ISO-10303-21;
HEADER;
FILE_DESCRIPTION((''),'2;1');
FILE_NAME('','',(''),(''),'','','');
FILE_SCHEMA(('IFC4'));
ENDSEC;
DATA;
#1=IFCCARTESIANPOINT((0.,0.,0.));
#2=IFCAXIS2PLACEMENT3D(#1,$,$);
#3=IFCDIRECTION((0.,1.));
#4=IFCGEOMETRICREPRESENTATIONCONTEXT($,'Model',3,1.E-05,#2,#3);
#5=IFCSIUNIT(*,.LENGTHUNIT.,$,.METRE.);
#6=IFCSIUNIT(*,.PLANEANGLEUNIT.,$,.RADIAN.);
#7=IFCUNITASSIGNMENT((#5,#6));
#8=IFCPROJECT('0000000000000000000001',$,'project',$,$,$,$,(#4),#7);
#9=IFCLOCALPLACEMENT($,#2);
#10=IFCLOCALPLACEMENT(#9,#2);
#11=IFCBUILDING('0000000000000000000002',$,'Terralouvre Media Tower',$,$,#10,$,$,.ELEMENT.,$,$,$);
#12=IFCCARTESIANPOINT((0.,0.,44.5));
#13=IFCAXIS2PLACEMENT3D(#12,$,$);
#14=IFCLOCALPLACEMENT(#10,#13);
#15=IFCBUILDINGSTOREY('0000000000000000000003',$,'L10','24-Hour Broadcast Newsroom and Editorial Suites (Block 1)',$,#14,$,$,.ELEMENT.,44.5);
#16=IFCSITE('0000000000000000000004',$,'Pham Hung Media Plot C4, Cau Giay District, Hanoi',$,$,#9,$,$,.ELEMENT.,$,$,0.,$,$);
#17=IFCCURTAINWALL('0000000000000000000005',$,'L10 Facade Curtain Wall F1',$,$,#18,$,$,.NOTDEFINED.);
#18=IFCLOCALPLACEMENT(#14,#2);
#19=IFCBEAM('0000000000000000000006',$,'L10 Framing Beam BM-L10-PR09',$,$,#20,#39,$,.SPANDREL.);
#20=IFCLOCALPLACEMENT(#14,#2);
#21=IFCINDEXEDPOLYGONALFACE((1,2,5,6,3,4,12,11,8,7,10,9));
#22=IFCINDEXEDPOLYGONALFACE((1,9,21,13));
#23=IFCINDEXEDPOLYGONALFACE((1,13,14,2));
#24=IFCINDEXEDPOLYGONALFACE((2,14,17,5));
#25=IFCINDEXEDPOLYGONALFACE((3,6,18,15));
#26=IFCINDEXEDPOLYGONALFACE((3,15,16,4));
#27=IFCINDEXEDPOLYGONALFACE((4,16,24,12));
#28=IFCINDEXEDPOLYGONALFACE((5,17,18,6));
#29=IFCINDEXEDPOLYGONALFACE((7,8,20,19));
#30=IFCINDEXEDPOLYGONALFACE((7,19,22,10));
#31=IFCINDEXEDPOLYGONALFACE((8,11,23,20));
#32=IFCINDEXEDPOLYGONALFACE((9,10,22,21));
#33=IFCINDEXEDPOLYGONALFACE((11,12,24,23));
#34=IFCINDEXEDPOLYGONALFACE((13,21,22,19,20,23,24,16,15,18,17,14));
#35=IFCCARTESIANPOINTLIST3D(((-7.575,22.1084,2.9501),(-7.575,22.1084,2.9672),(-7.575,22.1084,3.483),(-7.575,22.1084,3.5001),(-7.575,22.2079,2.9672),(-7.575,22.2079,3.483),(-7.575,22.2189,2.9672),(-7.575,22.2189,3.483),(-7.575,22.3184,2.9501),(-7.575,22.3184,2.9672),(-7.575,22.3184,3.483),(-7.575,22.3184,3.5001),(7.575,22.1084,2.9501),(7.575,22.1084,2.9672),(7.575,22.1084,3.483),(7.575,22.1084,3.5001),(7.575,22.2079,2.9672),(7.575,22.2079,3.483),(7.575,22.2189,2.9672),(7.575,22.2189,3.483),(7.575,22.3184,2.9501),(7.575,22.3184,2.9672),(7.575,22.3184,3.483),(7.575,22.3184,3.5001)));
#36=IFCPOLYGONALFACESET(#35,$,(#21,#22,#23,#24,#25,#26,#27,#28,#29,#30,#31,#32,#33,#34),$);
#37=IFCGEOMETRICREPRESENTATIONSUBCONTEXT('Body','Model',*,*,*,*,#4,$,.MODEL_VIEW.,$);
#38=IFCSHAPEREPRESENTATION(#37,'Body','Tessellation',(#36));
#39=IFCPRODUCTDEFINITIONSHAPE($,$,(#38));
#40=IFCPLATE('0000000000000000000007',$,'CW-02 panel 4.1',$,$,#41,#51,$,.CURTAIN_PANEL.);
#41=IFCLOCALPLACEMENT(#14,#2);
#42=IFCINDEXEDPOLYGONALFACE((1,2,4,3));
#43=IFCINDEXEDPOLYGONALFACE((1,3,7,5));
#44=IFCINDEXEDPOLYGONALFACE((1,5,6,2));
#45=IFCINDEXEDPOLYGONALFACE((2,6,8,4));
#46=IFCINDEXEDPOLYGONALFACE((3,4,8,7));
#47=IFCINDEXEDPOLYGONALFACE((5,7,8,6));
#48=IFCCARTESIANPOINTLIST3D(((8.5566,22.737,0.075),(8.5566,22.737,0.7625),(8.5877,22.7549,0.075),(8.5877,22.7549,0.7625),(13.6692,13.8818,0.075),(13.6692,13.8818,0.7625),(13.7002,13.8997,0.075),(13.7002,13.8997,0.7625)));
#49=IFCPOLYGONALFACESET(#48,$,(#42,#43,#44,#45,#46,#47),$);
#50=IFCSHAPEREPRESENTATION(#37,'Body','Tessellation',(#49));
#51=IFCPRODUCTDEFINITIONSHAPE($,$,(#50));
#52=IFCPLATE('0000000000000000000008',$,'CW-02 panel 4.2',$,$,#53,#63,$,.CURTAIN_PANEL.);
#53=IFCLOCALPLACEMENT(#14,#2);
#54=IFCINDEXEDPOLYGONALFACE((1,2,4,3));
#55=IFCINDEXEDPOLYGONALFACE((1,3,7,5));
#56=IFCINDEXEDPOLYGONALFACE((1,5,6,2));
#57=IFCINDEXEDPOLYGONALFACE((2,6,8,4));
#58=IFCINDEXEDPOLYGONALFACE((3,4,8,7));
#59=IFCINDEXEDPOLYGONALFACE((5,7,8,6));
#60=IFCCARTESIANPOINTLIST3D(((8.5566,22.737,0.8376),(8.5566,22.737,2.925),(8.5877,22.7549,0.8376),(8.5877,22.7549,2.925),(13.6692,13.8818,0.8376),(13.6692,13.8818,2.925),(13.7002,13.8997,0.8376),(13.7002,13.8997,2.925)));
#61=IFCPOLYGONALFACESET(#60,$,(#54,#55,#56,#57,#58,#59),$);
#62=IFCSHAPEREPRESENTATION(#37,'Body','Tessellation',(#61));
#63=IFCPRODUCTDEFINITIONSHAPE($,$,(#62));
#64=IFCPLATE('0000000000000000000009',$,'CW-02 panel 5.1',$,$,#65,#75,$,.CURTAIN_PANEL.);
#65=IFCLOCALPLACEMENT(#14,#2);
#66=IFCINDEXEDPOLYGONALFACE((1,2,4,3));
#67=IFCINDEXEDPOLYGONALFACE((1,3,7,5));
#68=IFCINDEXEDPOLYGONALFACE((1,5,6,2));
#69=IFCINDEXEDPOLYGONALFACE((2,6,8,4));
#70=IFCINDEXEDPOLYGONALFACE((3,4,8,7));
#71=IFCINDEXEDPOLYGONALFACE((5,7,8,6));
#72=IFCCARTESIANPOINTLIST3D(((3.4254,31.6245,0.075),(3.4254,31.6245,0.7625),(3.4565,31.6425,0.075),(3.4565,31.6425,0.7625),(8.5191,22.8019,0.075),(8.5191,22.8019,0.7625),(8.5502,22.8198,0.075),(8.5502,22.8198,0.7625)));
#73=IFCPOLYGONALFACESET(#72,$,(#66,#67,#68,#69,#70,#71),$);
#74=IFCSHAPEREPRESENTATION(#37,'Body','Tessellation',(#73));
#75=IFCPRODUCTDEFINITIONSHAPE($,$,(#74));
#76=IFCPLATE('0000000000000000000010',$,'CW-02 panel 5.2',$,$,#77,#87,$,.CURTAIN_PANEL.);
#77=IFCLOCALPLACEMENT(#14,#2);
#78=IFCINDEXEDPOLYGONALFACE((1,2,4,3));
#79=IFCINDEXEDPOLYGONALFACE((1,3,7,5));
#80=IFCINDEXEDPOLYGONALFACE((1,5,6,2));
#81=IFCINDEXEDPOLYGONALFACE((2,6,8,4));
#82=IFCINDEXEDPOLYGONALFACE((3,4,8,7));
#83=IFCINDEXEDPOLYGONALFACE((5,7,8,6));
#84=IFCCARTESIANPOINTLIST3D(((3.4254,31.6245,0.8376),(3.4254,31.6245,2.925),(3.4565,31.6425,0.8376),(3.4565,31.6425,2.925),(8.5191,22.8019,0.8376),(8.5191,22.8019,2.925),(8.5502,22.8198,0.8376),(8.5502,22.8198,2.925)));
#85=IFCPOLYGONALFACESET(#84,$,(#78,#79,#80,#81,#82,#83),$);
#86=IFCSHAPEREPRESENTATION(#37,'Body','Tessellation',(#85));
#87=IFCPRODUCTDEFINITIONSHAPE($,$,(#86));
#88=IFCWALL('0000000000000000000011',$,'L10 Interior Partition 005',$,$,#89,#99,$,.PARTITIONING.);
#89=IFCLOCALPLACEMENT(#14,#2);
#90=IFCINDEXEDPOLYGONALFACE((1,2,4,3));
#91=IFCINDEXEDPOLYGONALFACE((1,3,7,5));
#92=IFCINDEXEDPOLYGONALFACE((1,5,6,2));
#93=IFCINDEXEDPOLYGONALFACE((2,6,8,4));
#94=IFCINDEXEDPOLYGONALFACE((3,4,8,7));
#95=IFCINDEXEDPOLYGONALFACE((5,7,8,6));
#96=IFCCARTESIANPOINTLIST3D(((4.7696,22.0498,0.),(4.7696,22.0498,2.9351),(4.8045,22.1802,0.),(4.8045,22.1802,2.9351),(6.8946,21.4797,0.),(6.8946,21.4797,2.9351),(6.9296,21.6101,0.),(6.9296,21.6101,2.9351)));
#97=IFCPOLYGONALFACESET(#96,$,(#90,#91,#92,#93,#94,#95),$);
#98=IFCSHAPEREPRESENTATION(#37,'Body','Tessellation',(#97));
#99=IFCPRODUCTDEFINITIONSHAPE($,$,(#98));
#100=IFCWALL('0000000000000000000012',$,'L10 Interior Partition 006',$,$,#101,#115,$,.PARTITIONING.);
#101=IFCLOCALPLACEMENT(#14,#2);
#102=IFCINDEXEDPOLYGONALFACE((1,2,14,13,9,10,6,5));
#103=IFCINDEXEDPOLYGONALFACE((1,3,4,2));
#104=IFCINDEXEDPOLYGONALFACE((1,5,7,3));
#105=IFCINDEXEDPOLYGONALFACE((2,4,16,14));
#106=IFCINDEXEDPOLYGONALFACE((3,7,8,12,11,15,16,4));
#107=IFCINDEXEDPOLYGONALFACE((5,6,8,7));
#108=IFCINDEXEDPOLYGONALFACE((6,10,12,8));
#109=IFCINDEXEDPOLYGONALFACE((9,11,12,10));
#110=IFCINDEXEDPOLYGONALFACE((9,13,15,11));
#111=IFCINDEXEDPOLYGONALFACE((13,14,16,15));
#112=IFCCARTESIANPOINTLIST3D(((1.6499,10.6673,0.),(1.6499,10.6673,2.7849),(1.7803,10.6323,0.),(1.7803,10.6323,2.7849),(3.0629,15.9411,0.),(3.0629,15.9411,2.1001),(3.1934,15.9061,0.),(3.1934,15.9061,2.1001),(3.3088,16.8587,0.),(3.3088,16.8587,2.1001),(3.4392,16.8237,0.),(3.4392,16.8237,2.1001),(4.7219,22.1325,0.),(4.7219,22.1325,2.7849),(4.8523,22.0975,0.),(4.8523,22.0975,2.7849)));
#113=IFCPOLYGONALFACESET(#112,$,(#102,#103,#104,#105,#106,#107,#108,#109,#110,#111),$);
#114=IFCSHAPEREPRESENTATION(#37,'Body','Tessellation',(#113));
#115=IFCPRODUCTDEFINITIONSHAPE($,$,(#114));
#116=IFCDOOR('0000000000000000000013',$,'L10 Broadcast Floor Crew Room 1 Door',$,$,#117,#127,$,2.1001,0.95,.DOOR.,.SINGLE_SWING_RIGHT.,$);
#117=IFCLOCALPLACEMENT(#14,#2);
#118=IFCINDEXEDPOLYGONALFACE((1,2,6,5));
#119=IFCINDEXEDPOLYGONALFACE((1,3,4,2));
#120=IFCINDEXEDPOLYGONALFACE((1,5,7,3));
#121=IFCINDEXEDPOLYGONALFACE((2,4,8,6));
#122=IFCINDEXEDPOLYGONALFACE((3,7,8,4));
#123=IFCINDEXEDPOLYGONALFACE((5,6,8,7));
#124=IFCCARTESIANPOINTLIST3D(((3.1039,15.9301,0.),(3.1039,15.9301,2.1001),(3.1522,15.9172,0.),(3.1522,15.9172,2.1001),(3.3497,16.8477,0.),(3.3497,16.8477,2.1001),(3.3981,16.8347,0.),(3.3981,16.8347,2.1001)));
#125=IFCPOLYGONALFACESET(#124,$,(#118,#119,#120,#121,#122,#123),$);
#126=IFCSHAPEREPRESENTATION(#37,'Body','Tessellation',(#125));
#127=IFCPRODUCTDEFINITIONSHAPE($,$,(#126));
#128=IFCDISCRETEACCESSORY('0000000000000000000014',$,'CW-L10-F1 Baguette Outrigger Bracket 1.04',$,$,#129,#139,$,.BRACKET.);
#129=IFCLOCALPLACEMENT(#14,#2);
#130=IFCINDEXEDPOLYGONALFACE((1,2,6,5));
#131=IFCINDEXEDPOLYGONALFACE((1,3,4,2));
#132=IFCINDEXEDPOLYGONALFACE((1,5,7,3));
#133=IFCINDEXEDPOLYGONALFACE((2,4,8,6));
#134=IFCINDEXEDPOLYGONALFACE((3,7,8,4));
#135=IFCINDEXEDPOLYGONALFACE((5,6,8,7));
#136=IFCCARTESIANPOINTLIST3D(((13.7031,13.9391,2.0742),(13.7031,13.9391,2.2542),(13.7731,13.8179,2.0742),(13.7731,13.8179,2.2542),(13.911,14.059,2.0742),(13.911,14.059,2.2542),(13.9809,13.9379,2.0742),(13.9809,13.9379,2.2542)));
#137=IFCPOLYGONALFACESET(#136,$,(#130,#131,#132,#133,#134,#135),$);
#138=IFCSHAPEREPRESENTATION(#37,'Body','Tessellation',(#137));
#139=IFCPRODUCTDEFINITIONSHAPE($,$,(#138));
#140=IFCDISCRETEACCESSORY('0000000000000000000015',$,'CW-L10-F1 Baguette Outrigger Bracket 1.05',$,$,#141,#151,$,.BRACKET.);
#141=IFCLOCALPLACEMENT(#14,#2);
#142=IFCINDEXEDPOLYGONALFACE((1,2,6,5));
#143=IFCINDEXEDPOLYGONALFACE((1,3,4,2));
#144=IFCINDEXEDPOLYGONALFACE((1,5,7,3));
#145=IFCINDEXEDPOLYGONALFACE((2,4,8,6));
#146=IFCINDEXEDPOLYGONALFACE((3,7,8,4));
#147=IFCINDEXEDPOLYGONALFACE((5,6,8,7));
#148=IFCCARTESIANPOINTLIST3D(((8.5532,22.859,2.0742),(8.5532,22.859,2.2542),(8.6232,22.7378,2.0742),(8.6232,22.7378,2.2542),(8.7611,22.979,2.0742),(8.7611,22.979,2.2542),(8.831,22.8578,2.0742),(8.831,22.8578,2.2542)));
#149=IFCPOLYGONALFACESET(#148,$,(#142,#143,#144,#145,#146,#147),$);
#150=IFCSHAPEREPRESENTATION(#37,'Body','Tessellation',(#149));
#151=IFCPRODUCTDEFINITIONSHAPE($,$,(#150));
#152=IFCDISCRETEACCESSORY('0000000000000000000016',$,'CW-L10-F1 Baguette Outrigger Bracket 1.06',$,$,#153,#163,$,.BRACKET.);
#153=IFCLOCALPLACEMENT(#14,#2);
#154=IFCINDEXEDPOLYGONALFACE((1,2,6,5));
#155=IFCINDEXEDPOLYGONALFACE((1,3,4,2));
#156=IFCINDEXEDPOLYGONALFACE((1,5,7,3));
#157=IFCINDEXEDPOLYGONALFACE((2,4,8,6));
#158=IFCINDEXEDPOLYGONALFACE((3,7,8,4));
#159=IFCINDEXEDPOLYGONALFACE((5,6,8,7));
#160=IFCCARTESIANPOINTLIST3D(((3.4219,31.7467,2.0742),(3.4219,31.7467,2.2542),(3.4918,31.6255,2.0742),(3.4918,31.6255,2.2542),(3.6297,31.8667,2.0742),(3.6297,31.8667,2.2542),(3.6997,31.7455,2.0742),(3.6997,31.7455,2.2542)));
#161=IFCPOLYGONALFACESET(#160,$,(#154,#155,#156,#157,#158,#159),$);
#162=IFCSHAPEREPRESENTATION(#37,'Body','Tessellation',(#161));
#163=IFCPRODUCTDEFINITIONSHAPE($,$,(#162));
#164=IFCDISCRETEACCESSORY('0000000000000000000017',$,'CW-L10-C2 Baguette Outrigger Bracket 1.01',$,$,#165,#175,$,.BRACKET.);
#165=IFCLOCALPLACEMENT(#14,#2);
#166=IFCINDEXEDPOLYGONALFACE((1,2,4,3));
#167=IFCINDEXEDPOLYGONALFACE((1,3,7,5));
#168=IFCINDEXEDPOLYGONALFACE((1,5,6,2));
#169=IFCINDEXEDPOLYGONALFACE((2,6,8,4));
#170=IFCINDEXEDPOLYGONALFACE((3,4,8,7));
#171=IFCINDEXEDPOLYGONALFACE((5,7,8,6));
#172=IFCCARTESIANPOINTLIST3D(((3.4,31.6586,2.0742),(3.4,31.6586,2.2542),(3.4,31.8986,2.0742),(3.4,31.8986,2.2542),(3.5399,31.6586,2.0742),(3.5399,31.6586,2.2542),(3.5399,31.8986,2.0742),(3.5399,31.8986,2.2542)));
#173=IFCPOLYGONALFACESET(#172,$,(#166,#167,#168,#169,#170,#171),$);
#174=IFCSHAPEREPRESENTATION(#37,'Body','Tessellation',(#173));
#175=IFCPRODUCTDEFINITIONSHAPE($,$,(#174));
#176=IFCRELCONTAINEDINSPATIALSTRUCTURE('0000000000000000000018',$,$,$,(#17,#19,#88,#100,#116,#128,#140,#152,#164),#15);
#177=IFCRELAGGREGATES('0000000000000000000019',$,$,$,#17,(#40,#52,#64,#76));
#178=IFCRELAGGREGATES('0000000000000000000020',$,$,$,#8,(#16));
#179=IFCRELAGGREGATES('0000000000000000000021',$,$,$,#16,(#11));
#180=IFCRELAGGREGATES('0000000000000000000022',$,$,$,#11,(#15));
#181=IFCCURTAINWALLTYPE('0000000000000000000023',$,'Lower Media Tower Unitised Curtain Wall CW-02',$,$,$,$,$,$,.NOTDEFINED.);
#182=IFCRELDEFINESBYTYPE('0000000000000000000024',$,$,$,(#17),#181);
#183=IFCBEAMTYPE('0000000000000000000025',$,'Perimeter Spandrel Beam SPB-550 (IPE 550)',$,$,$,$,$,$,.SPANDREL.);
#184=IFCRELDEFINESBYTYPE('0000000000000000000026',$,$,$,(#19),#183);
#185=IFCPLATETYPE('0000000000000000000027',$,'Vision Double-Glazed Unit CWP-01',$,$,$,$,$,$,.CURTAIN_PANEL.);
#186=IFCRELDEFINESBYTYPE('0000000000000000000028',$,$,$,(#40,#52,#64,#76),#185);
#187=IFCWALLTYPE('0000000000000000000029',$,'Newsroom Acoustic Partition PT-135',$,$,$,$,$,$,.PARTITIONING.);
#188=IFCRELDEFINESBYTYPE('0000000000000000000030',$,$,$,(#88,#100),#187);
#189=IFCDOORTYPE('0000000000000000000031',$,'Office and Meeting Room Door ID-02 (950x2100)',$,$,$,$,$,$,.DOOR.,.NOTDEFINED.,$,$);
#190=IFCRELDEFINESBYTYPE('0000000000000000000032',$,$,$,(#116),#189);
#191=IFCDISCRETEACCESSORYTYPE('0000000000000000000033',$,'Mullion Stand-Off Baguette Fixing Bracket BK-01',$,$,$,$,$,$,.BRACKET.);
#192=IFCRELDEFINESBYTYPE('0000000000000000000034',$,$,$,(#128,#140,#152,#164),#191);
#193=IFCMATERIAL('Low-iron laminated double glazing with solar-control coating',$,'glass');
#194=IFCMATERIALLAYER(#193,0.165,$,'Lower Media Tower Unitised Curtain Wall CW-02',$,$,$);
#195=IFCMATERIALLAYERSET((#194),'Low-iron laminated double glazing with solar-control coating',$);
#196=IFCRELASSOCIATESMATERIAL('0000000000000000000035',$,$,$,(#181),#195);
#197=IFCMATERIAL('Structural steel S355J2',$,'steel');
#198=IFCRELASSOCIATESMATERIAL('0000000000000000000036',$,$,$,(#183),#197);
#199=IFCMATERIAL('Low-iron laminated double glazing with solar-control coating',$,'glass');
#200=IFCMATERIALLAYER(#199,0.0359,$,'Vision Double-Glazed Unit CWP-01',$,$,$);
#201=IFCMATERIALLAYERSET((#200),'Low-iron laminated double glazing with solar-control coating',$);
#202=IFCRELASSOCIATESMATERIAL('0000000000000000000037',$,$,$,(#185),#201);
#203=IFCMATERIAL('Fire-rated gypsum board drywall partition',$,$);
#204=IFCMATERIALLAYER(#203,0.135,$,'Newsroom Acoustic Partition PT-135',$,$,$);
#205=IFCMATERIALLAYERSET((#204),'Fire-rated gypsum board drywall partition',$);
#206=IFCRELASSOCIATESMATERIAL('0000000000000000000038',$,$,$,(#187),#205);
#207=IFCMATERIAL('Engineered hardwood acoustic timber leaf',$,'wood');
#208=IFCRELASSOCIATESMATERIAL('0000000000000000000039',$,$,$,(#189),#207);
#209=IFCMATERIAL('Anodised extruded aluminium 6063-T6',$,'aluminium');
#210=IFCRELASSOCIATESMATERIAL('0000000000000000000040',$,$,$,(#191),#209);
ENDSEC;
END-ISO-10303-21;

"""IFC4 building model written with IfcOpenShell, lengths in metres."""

from ifc_helpers import new_model, si_unit, direction, frame, frame_2d, origin, origin_2d, place, context, subcontext, project, spatial, rectangle, i_section, extrude, material, layer, layer_set, material_profile, profile_set, type_object, element, fill, aggregate, save


model = new_model("IFC4")

# Units and contexts
model_context = context("Model", 3, precision=1e-05, world=origin(), true_north=direction((0.0, 1.0)))
body_context = subcontext(model_context, "Body", "Model", "MODEL_VIEW")
ifc_project = project(units=[si_unit("LENGTHUNIT", "METRE"), si_unit("PLANEANGLEUNIT", "RADIAN")], contexts=[model_context])

# Site, building, storey
site_placement = place(None, origin())
site = spatial("IfcSite", under=ifc_project, at=site_placement, Name="Pham Hung Media Plot C4, Cau Giay District, Hanoi", CompositionType="ELEMENT", RefElevation=0.0)
building_placement = place(site_placement, origin())
building = spatial("IfcBuilding", under=site, at=building_placement, Name="Terralouvre Media Tower", CompositionType="ELEMENT")
storey_placement = place(building_placement, frame((0.0, 0.0, 44.5)))
storey = spatial("IfcBuildingStorey", under=building, at=storey_placement, Name="L10", Description="24-Hour Broadcast Newsroom and Editorial Suites (Block 1)", CompositionType="ELEMENT", Elevation=44.5)

# Curtain wall
ifc_material_1 = material(Name="Low-iron laminated double glazing with solar-control coating", Category="glass")
ifc_layer_1 = layer(ifc_material_1, 0.165, Name="Lower Media Tower Unitised Curtain Wall CW-02")
ifc_layer_set_1 = layer_set([ifc_layer_1], Name="Low-iron laminated double glazing with solar-control coating")
curtain_wall_type_1 = type_object("IfcCurtainWallType", Name="Lower Media Tower Unitised Curtain Wall CW-02", PredefinedType="NOTDEFINED", material=ifc_layer_set_1)
curtain_wall_1_placement = place(storey_placement, origin())
curtain_wall_1 = element("IfcCurtainWall", 1, at=curtain_wall_1_placement, inside=storey, type_object=curtain_wall_type_1, Name="L10 Facade Curtain Wall F1", PredefinedType="NOTDEFINED")

# Beam
ifc_material_2 = material(Name="Structural steel S355J2", Category="steel")
ifc_material_profile_1 = material_profile(ifc_material_2, i_section(OverallWidth=0.21, OverallDepth=0.55, WebThickness=0.011, FlangeThickness=0.0171, at=origin_2d()), Name="IPE 550")
ifc_profile_set_1 = profile_set([ifc_material_profile_1], Name="Structural steel S355J2")
beam_type_1 = type_object("IfcBeamType", Name="Perimeter Spandrel Beam SPB-550 (IPE 550)", PredefinedType="SPANDREL", material=ifc_profile_set_1)
beam_1_placement = place(storey_placement, frame((7.575, 22.2134, 3.2251), z_axis=(-1.0, 0.0, 0.0), x_axis=(0.0, -1.0, 0.0)))
element("IfcBeam", 2, at=beam_1_placement, inside=storey, type_object=beam_type_1, Name="L10 Framing Beam BM-L10-PR09", PredefinedType="SPANDREL", context=body_context, shape_type="SweptSolid", body=[
    extrude(i_section(OverallWidth=0.21, OverallDepth=0.55, WebThickness=0.011, FlangeThickness=0.0171, at=origin_2d()), origin(), (0.0, 0.0, 1.0), 15.1499),
])

# Plates
ifc_material_3 = material(Name="Low-iron laminated double glazing with solar-control coating", Category="glass")
ifc_layer_2 = layer(ifc_material_3, 0.0359, Name="Vision Double-Glazed Unit CWP-01")
ifc_layer_set_2 = layer_set([ifc_layer_2], Name="Low-iron laminated double glazing with solar-control coating")
plate_type = type_object("IfcPlateType", Name="Vision Double-Glazed Unit CWP-01", PredefinedType="CURTAIN_PANEL", material=ifc_layer_set_2)
plate_1_placement = place(storey_placement, frame((11.1284, 18.3184, 0.075), z_axis=(0.0, 0.0, 1.0), x_axis=(-0.5, 0.866025, 0.0)))
plate_1 = element("IfcPlate", 3, at=plate_1_placement, type_object=plate_type, Name="CW-02 panel 4.1", PredefinedType="CURTAIN_PANEL", context=body_context, shape_type="SweptSolid", body=[
    extrude(rectangle(XDim=10.2251, YDim=0.0359, at=origin_2d()), origin(), (0.0, 0.0, 1.0), 0.6875),
])
plate_2_placement = place(storey_placement, frame((11.1284, 18.3184, 0.8376), z_axis=(0.0, 0.0, 1.0), x_axis=(-0.5, 0.866025, 0.0)))
plate_2 = element("IfcPlate", 4, at=plate_2_placement, type_object=plate_type, Name="CW-02 panel 4.2", PredefinedType="CURTAIN_PANEL", context=body_context, shape_type="SweptSolid", body=[
    extrude(rectangle(XDim=10.2251, YDim=0.0359, at=origin_2d()), origin(), (0.0, 0.0, 1.0), 2.0874),
])
plate_3_placement = place(storey_placement, frame((5.9878, 27.2222, 0.075), z_axis=(0.0, 0.0, 1.0), x_axis=(-0.5, 0.866025, 0.0)))
plate_3 = element("IfcPlate", 5, at=plate_3_placement, type_object=plate_type, Name="CW-02 panel 5.1", PredefinedType="CURTAIN_PANEL", context=body_context, shape_type="SweptSolid", body=[
    extrude(rectangle(XDim=10.1875, YDim=0.0359, at=origin_2d()), origin(), (0.0, 0.0, 1.0), 0.6875),
])
plate_4_placement = place(storey_placement, frame((5.9878, 27.2222, 0.8376), z_axis=(0.0, 0.0, 1.0), x_axis=(-0.5, 0.866025, 0.0)))
plate_4 = element("IfcPlate", 6, at=plate_4_placement, type_object=plate_type, Name="CW-02 panel 5.2", PredefinedType="CURTAIN_PANEL", context=body_context, shape_type="SweptSolid", body=[
    extrude(rectangle(XDim=10.1875, YDim=0.0359, at=origin_2d()), origin(), (0.0, 0.0, 1.0), 2.0874),
])
aggregate(curtain_wall_1, [plate_1, plate_2, plate_3, plate_4])

# Wall
ifc_material_4 = material(Name="Fire-rated gypsum board drywall partition")
ifc_layer_3 = layer(ifc_material_4, 0.135, Name="Newsroom Acoustic Partition PT-135")
ifc_layer_set_3 = layer_set([ifc_layer_3], Name="Fire-rated gypsum board drywall partition")
wall_type = type_object("IfcWallType", Name="Newsroom Acoustic Partition PT-135", PredefinedType="PARTITIONING", material=ifc_layer_set_3)
wall_1_placement = place(storey_placement, frame((6.9121, 21.5449, 0.0), z_axis=(0.0, 0.0, 1.0), x_axis=(-0.965849, 0.259106, 0.0)))
element("IfcWall", 7, at=wall_1_placement, inside=storey, type_object=wall_type, Name="L10 Interior Partition 005", PredefinedType="PARTITIONING", context=body_context, shape_type="SweptSolid", body=[
    extrude(rectangle(XDim=2.2002, YDim=0.135, at=frame_2d((1.1001, 0.0))), origin(), (0.0, 0.0, 1.0), 2.9351),
])

# Wall, opening, door
wall_2_placement = place(storey_placement, frame((4.7871, 22.115, 0.0), z_axis=(0.0, 0.0, 1.0), x_axis=(-0.258816, -0.965927, 0.0)))
wall_2 = element("IfcWall", 8, at=wall_2_placement, inside=storey, type_object=wall_type, Name="L10 Interior Partition 006", PredefinedType="PARTITIONING", context=body_context, shape_type="SweptSolid", body=[
    extrude(rectangle(XDim=11.8696, YDim=0.135, at=frame_2d((5.9348, 0.0))), origin(), (0.0, 0.0, 1.0), 2.7849),
])
opening_placement = place(wall_2_placement, frame((5.4597, 0.0, 0.0)))
opening = element("IfcOpeningElement", 9, at=opening_placement, cuts=wall_2, PredefinedType="OPENING", context=body_context, shape_type="SweptSolid", body=[
    extrude(rectangle(XDim=0.95, YDim=2.1001, at=frame_2d((0.4751, 1.05))), frame((0.0, 0.0774, 0.0), z_axis=(0.0, -1.0, 0.0), x_axis=(1.0, 0.0, 0.0)), (0.0, 0.0, 1.0), 0.155),
])
ifc_material_5 = material(Name="Engineered hardwood acoustic timber leaf", Category="wood")
door_type = type_object("IfcDoorType", Name="Office and Meeting Room Door ID-02 (950x2100)", OperationType="NOTDEFINED", PredefinedType="DOOR", material=ifc_material_5)
door_placement = place(opening_placement, origin())
door = element("IfcDoor", 10, at=door_placement, inside=storey, type_object=door_type, Name="L10 Broadcast Floor Crew Room 1 Door", OperationType="SINGLE_SWING_RIGHT", OverallHeight=2.1001, OverallWidth=0.95, PredefinedType="DOOR", context=body_context, shape_type="SweptSolid", body=[
    extrude(rectangle(XDim=0.95, YDim=2.1001, at=frame_2d((0.4751, 1.05))), frame((0.0, 0.0249, 0.0), z_axis=(0.0, -1.0, 0.0), x_axis=(1.0, 0.0, 0.0)), (0.0, 0.0, 1.0), 0.05),
])
fill(opening, door)

# Discrete accessories
ifc_material_6 = material(Name="Anodised extruded aluminium 6063-T6", Category="aluminium")
discrete_accessory_type = type_object("IfcDiscreteAccessoryType", Name="Mullion Stand-Off Baguette Fixing Bracket BK-01", PredefinedType="BRACKET", material=ifc_material_6)
for number, where, z_axis, x_axis, name in (
    (11, (13.842, 13.9385, 2.0742), (0.0, 0.0, 1.0), (-0.5, 0.866025, 0.0), "CW-L10-F1 Baguette Outrigger Bracket 1.04"),
    (12, (8.6921, 22.8584, 2.0742), (0.0, 0.0, 1.0), (-0.5, 0.866025, 0.0), "CW-L10-F1 Baguette Outrigger Bracket 1.05"),
    (13, (3.5608, 31.7461, 2.0742), (0.0, 0.0, 1.0), (-0.5, 0.866025, 0.0), "CW-L10-F1 Baguette Outrigger Bracket 1.06"),
    (14, (3.47, 31.7786, 2.0742), (0.0, 0.0, 1.0), (-1.0, 0.0, 0.0), "CW-L10-C2 Baguette Outrigger Bracket 1.01"),
):
    element("IfcDiscreteAccessory", number, at=place(storey_placement, frame(where, z_axis=z_axis, x_axis=x_axis)), inside=storey, type_object=discrete_accessory_type, Name=name, PredefinedType="BRACKET", context=body_context, shape_type="SweptSolid", body=[
        extrude(rectangle(XDim=0.1399, YDim=0.24, at=origin_2d()), origin(), (0.0, 0.0, 1.0), 0.1799),
    ])

save(model, "model.ifc")
